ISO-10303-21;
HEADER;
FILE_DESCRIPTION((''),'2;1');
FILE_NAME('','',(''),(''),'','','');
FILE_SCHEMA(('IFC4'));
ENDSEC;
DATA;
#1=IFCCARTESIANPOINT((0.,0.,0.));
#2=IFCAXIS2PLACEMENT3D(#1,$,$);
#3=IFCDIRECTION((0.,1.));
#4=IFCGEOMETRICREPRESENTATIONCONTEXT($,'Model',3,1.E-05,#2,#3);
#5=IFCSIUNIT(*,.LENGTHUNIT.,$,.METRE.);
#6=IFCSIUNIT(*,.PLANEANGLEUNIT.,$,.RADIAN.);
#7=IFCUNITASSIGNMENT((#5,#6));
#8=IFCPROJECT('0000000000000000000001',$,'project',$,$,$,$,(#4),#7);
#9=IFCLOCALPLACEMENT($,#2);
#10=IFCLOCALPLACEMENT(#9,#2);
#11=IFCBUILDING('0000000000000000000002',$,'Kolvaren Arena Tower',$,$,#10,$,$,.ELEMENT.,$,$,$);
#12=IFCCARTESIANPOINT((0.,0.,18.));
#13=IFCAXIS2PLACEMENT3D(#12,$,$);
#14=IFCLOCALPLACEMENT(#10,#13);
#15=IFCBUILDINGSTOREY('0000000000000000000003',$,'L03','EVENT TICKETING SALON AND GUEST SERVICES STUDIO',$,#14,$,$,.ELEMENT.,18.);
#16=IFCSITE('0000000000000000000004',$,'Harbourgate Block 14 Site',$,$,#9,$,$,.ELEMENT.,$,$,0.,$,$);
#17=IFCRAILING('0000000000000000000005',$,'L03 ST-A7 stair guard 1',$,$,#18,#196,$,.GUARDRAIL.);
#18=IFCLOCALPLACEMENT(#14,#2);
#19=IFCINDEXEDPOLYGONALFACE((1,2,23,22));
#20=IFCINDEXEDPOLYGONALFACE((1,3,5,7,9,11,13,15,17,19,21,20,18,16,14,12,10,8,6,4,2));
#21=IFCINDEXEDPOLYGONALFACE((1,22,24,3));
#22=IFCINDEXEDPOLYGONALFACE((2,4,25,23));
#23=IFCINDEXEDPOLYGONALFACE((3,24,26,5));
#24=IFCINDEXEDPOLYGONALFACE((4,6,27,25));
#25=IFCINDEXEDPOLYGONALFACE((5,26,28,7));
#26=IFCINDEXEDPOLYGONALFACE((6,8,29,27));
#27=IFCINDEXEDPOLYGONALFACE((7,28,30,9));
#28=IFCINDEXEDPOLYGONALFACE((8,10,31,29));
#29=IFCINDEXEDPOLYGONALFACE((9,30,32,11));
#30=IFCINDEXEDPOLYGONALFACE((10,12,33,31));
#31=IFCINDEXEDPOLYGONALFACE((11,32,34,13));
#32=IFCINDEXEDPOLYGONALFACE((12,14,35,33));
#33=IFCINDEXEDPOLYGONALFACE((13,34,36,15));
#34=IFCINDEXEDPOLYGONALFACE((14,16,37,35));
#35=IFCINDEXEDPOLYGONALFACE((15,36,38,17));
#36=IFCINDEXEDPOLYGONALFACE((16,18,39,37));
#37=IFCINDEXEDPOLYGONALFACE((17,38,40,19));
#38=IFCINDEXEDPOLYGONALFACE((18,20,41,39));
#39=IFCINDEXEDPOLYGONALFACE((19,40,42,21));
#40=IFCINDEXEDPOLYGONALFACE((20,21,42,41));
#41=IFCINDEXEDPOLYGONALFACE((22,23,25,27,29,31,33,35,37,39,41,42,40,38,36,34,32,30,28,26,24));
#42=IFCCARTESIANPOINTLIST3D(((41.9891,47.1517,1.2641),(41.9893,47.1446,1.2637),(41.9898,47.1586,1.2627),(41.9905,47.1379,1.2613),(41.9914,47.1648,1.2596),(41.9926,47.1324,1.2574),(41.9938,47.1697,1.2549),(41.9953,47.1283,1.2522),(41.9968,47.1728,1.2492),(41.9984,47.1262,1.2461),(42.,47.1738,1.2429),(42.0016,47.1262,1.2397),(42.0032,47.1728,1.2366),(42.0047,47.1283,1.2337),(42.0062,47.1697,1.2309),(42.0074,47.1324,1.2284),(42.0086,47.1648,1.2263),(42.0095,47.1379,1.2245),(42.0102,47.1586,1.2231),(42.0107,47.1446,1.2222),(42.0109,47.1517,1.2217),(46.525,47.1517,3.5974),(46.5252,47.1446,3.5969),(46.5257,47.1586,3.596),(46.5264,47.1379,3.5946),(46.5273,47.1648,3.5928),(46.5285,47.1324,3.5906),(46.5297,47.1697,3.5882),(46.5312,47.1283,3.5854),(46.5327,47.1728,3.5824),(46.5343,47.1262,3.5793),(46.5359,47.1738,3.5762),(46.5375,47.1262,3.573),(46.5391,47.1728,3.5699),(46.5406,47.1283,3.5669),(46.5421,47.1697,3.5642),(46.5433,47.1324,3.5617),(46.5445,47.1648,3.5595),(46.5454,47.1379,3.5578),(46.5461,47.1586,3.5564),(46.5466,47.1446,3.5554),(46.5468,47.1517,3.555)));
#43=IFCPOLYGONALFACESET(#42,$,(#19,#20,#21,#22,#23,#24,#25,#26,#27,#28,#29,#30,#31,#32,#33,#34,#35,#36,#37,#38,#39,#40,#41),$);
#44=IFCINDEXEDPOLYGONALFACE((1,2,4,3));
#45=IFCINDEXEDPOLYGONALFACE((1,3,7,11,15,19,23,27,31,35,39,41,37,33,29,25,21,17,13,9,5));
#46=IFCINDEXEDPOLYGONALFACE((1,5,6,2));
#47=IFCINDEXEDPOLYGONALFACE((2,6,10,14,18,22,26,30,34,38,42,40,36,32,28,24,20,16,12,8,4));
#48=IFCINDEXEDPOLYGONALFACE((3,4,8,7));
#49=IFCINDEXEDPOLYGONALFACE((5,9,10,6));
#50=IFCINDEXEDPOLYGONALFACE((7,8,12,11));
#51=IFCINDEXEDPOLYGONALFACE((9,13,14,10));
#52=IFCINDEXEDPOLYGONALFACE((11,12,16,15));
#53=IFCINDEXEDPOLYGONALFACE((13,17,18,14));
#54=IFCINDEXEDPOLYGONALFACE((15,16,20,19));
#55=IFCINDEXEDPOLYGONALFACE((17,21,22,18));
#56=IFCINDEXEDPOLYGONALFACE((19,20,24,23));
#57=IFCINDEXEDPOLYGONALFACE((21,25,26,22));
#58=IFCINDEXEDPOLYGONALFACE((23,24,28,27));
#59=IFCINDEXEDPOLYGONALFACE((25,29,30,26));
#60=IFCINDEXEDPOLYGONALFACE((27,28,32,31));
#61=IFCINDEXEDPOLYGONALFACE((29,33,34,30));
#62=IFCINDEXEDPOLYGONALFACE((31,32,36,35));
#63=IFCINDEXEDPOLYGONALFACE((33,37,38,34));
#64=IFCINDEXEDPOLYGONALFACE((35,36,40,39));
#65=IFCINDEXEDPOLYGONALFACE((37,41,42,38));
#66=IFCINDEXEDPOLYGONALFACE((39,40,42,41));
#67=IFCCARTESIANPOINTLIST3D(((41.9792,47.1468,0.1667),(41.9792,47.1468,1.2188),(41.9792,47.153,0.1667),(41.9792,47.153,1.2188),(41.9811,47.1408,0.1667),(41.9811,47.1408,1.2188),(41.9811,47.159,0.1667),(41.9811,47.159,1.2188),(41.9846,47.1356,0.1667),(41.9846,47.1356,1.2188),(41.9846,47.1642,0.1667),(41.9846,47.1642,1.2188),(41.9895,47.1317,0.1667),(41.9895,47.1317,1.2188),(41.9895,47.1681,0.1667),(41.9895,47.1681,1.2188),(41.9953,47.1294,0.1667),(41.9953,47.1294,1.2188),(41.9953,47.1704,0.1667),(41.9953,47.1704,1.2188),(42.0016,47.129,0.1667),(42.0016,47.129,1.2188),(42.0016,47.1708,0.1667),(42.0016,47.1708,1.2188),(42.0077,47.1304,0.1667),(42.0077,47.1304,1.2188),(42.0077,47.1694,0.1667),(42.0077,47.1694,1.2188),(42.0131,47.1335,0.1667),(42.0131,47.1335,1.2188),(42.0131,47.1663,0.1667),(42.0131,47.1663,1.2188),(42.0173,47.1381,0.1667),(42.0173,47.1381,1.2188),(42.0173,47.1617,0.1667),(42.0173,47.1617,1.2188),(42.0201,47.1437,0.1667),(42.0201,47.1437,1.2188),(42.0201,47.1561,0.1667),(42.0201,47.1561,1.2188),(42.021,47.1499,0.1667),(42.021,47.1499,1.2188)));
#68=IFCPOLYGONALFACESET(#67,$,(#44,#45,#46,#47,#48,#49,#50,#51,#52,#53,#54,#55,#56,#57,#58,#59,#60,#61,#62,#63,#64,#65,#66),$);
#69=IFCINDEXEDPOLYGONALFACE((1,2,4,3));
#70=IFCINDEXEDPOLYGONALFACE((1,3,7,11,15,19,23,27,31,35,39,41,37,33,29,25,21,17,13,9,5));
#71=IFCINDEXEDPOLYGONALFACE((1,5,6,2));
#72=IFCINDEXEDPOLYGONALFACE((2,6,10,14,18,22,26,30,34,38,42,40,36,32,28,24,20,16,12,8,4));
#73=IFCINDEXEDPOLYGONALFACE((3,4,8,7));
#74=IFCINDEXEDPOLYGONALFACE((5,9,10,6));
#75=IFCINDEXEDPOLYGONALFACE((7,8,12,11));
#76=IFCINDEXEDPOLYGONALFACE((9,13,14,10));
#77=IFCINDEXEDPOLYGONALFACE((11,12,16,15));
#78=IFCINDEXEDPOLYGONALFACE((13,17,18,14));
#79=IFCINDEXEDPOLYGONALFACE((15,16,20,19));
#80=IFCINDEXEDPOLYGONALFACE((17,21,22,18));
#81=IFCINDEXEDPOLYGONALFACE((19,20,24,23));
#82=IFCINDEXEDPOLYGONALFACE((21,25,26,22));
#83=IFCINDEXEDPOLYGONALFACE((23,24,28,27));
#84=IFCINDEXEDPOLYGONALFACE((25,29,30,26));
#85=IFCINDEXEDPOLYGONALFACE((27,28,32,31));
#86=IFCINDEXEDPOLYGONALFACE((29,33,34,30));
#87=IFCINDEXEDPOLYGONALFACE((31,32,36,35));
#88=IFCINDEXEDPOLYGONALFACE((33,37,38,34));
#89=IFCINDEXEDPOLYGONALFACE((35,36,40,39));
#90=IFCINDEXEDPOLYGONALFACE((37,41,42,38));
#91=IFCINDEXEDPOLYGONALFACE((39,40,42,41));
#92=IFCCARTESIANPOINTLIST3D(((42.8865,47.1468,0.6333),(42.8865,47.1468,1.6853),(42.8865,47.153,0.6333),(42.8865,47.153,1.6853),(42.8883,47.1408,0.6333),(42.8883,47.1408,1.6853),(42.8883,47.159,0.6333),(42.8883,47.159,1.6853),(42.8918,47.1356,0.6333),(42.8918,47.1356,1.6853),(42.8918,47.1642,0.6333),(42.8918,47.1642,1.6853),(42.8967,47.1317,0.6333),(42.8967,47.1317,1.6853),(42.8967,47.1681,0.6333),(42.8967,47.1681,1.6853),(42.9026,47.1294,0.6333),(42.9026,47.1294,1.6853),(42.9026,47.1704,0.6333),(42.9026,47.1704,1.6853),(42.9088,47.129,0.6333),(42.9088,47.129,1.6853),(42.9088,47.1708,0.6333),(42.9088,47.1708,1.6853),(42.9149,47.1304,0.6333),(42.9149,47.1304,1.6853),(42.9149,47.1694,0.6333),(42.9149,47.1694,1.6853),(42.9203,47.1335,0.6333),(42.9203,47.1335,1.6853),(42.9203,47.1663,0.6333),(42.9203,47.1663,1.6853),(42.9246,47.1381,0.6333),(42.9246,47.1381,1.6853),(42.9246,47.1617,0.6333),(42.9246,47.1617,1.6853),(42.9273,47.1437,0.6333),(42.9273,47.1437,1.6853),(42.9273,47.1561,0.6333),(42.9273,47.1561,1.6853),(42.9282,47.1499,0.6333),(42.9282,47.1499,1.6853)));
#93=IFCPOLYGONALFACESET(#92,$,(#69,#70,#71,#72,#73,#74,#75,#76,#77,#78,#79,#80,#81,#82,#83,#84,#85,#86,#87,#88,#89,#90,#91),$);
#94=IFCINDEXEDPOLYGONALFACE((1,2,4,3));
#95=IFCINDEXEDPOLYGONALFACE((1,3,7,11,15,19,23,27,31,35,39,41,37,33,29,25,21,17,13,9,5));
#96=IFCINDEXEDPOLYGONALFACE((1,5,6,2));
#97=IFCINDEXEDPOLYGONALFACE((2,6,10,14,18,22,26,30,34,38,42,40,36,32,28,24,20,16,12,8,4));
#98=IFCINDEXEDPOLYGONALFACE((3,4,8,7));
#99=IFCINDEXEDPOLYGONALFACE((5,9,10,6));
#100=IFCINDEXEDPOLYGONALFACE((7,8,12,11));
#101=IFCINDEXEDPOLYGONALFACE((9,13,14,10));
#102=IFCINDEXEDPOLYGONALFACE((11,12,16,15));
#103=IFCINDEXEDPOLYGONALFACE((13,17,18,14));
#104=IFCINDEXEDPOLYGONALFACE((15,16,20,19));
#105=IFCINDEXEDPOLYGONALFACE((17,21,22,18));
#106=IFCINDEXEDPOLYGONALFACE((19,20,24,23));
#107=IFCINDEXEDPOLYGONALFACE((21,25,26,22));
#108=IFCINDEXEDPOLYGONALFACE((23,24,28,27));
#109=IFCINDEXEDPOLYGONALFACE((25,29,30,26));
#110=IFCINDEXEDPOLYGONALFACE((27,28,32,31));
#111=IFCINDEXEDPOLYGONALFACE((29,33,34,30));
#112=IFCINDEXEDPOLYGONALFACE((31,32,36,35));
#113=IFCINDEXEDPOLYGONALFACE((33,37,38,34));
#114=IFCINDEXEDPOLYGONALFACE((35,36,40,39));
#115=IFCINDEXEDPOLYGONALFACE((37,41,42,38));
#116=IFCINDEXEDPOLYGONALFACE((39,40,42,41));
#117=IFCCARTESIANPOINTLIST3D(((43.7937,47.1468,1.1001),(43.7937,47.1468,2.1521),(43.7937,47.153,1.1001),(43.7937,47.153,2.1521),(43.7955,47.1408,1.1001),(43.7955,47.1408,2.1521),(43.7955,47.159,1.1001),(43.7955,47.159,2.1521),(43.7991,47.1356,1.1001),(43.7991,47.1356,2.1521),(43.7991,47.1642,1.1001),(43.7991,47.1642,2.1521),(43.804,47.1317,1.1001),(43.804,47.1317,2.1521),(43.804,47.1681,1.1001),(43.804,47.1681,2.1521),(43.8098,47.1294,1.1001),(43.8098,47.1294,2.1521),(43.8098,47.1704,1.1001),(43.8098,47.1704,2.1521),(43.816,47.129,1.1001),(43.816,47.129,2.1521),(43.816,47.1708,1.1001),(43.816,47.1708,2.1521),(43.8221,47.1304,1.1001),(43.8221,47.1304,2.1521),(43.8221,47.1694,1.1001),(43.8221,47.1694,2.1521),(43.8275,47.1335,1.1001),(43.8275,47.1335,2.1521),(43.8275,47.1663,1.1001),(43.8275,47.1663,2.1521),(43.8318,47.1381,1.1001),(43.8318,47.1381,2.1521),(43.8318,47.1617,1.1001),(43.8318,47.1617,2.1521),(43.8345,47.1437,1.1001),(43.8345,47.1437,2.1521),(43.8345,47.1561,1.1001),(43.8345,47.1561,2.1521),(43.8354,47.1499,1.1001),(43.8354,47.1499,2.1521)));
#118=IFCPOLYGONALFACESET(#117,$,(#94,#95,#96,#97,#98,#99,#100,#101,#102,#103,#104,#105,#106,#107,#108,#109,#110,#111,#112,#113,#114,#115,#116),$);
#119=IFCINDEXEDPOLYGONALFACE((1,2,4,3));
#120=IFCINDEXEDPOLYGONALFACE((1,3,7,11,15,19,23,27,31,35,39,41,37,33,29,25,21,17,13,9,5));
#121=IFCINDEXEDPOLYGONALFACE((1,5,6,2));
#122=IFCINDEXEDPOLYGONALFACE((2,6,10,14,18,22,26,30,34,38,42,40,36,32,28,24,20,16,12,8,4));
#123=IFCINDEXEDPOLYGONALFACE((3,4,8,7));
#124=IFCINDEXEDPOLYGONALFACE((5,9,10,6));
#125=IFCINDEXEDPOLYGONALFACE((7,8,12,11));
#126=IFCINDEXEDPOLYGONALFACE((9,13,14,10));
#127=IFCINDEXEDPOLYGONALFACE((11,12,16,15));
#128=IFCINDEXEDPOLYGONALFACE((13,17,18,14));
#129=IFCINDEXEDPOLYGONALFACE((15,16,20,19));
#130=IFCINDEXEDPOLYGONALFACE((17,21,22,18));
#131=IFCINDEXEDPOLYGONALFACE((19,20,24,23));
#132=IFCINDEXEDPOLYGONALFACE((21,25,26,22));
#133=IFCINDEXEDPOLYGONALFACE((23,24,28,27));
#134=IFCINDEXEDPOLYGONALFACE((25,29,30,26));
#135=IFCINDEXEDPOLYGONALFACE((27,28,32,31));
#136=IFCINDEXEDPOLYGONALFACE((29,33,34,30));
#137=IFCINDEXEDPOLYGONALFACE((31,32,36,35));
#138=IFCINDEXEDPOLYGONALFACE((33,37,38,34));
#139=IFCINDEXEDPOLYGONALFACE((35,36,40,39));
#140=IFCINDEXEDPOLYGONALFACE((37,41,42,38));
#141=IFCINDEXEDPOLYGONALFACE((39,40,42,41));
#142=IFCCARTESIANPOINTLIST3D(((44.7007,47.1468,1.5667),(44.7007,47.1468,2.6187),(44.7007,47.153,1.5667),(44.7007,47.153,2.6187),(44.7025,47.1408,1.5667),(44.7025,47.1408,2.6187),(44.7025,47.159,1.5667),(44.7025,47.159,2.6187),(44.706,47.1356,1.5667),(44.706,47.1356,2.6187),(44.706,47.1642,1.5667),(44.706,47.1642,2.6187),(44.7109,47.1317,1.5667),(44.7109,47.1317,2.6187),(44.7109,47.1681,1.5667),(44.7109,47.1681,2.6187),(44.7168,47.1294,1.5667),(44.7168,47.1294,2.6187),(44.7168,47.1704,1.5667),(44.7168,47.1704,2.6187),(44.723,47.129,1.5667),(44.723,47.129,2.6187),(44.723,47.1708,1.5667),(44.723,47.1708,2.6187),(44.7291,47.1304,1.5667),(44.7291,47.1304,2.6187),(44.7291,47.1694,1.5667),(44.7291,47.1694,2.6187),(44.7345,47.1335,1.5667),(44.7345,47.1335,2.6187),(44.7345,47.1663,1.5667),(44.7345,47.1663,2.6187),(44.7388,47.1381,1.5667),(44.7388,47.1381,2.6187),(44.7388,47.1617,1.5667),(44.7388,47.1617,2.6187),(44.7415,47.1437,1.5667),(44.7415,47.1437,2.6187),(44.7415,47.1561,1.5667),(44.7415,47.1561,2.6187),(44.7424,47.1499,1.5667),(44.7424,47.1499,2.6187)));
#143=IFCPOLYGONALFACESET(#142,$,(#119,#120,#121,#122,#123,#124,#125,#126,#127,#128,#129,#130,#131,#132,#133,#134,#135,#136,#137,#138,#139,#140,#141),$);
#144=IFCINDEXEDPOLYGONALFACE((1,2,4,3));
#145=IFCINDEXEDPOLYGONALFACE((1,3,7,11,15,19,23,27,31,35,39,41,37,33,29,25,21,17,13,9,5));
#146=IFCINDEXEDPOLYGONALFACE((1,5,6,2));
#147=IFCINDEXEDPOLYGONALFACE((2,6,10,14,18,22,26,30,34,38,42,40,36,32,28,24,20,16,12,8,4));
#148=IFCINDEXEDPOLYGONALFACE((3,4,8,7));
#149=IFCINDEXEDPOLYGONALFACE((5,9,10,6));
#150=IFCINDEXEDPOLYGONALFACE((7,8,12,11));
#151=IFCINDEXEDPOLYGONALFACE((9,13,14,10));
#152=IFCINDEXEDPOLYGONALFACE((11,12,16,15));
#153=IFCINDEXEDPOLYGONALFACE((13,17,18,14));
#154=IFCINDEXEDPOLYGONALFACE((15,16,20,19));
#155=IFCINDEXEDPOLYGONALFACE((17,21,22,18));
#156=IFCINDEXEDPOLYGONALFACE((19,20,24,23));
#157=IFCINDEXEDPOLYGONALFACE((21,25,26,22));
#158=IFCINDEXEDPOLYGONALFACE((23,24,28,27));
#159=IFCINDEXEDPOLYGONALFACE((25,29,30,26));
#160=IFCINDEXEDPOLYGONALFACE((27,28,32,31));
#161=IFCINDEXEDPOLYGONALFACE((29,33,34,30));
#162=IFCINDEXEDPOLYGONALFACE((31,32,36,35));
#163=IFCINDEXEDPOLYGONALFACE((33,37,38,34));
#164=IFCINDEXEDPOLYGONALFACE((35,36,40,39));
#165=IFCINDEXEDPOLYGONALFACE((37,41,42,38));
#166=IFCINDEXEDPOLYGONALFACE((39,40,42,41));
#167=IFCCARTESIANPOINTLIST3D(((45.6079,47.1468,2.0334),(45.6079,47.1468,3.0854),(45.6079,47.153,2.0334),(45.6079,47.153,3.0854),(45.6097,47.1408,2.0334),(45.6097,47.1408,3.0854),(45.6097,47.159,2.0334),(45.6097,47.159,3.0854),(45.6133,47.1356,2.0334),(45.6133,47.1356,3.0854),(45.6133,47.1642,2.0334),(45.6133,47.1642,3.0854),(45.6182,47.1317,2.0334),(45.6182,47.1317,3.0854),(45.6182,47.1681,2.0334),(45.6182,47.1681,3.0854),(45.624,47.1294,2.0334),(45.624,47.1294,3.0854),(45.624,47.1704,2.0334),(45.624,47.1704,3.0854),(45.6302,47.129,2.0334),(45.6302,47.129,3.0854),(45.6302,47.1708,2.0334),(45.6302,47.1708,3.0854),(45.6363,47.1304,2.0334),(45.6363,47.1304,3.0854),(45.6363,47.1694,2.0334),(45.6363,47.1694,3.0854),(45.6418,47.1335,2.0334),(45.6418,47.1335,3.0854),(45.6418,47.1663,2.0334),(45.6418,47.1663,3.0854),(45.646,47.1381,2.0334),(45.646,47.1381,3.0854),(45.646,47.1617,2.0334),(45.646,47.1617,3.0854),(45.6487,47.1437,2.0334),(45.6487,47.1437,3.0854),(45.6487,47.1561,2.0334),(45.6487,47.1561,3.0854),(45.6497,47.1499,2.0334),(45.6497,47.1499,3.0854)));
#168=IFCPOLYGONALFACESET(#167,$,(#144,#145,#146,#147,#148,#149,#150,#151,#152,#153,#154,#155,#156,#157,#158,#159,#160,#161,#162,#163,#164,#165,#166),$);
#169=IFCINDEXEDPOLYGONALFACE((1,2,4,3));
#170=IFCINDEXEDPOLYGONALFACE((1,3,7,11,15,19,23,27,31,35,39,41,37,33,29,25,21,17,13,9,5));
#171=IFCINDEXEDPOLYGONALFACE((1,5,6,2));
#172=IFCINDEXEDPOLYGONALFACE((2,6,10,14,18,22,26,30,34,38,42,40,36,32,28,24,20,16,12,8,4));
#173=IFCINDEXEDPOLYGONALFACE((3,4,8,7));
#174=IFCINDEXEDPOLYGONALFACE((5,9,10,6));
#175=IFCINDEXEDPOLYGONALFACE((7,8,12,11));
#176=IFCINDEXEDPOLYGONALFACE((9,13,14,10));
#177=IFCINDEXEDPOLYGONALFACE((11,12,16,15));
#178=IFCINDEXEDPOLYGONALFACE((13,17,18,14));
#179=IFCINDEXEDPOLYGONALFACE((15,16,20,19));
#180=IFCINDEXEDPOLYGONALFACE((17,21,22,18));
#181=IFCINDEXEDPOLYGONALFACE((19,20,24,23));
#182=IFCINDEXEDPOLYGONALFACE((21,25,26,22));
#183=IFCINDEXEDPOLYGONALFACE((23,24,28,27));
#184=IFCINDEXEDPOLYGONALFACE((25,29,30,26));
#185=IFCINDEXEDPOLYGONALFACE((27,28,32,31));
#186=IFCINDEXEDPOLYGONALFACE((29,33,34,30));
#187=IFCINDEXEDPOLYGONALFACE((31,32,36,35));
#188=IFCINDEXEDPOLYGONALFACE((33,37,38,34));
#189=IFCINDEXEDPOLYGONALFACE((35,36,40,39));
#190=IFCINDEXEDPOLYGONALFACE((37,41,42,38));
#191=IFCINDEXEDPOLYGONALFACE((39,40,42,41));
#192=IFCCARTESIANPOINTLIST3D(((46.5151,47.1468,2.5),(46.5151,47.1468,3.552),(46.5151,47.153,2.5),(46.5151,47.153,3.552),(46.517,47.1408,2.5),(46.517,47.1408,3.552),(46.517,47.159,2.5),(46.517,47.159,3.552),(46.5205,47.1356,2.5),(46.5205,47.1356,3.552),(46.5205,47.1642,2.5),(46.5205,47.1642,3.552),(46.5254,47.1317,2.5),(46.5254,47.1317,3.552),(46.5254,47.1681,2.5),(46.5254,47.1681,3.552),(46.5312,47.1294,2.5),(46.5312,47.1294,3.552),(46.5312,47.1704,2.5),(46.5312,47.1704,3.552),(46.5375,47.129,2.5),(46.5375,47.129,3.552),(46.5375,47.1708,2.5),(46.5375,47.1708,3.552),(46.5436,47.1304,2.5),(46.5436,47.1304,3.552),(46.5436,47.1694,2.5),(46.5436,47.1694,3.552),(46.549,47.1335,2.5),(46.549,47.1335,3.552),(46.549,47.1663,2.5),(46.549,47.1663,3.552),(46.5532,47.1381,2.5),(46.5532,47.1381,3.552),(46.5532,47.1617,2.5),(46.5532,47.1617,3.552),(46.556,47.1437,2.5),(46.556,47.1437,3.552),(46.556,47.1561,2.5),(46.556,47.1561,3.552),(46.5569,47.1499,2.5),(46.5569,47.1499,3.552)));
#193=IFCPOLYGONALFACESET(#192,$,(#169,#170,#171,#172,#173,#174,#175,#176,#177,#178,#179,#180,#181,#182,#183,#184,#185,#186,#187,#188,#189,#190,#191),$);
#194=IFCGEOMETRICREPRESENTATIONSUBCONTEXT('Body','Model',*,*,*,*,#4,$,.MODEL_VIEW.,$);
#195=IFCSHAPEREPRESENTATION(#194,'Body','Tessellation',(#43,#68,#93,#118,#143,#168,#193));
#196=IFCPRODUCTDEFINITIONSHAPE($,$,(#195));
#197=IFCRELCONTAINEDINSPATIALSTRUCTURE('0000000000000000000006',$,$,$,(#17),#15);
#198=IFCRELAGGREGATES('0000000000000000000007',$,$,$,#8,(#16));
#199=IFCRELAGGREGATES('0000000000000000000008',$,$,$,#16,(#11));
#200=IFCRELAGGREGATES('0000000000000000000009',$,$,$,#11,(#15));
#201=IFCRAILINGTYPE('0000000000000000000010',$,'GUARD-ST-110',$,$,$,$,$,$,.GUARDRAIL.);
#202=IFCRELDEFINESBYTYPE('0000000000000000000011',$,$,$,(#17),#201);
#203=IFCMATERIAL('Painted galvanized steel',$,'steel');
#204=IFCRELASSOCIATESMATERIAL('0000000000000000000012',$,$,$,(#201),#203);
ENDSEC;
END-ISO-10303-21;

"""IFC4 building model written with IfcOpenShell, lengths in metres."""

from ifc_helpers import new_model, si_unit, direction, frame, origin, origin_2d, place, context, subcontext, project, spatial, circle, extrude, material, type_object, element, save


model = new_model("IFC4")

# Units and contexts
model_context = context("Model", 3, precision=1e-05, world=origin(), true_north=direction((0.0, 1.0)))
body_context = subcontext(model_context, "Body", "Model", "MODEL_VIEW")
ifc_project = project(units=[si_unit("LENGTHUNIT", "METRE"), si_unit("PLANEANGLEUNIT", "RADIAN")], contexts=[model_context])

# Site, building, storey
site_placement = place(None, origin())
site = spatial("IfcSite", under=ifc_project, at=site_placement, Name="Harbourgate Block 14 Site", CompositionType="ELEMENT", RefElevation=0.0)
building_placement = place(site_placement, origin())
building = spatial("IfcBuilding", under=site, at=building_placement, Name="Kolvaren Arena Tower", CompositionType="ELEMENT")
storey_placement = place(building_placement, frame((0.0, 0.0, 18.0)))
storey = spatial("IfcBuildingStorey", under=building, at=storey_placement, Name="L03", Description="EVENT TICKETING SALON AND GUEST SERVICES STUDIO", CompositionType="ELEMENT", Elevation=18.0)

# Railing
ifc_material_1 = material(Name="Painted galvanized steel", Category="steel")
railing_type_1 = type_object("IfcRailingType", Name="GUARD-ST-110", PredefinedType="GUARDRAIL", material=ifc_material_1)
railing_1_placement = place(storey_placement, frame((42.0, 47.1499, 0.1667)))
element("IfcRailing", 1, at=railing_1_placement, inside=storey, type_object=railing_type_1, Name="L03 ST-A7 stair guard 1", PredefinedType="GUARDRAIL", context=body_context, shape_type="SweptSolid", body=[
    extrude(circle(Radius=0.0239, at=origin_2d()), frame((0.0, 0.0, 1.0762), z_axis=(0.889247, 0.0, 0.457427), x_axis=(0.0, 1.0, 0.0)), (0.0, 0.0, 1.0), 5.1008),
    extrude(circle(Radius=0.021, at=origin_2d()), origin(), (0.0, 0.0, 1.0), 1.052),
    extrude(circle(Radius=0.021, at=origin_2d()), frame((0.9072, 0.0, 0.4666)), (0.0, 0.0, 1.0), 1.052),
    extrude(circle(Radius=0.021, at=origin_2d()), frame((1.8145, 0.0, 0.9333)), (0.0, 0.0, 1.0), 1.052),
    extrude(circle(Radius=0.021, at=origin_2d()), frame((2.7214, 0.0, 1.3999)), (0.0, 0.0, 1.0), 1.052),
    extrude(circle(Radius=0.021, at=origin_2d()), frame((3.6287, 0.0, 1.8667)), (0.0, 0.0, 1.0), 1.052),
    extrude(circle(Radius=0.021, at=origin_2d()), frame((4.5359, 0.0, 2.3333)), (0.0, 0.0, 1.0), 1.052),
])

save(model, "model.ifc")
